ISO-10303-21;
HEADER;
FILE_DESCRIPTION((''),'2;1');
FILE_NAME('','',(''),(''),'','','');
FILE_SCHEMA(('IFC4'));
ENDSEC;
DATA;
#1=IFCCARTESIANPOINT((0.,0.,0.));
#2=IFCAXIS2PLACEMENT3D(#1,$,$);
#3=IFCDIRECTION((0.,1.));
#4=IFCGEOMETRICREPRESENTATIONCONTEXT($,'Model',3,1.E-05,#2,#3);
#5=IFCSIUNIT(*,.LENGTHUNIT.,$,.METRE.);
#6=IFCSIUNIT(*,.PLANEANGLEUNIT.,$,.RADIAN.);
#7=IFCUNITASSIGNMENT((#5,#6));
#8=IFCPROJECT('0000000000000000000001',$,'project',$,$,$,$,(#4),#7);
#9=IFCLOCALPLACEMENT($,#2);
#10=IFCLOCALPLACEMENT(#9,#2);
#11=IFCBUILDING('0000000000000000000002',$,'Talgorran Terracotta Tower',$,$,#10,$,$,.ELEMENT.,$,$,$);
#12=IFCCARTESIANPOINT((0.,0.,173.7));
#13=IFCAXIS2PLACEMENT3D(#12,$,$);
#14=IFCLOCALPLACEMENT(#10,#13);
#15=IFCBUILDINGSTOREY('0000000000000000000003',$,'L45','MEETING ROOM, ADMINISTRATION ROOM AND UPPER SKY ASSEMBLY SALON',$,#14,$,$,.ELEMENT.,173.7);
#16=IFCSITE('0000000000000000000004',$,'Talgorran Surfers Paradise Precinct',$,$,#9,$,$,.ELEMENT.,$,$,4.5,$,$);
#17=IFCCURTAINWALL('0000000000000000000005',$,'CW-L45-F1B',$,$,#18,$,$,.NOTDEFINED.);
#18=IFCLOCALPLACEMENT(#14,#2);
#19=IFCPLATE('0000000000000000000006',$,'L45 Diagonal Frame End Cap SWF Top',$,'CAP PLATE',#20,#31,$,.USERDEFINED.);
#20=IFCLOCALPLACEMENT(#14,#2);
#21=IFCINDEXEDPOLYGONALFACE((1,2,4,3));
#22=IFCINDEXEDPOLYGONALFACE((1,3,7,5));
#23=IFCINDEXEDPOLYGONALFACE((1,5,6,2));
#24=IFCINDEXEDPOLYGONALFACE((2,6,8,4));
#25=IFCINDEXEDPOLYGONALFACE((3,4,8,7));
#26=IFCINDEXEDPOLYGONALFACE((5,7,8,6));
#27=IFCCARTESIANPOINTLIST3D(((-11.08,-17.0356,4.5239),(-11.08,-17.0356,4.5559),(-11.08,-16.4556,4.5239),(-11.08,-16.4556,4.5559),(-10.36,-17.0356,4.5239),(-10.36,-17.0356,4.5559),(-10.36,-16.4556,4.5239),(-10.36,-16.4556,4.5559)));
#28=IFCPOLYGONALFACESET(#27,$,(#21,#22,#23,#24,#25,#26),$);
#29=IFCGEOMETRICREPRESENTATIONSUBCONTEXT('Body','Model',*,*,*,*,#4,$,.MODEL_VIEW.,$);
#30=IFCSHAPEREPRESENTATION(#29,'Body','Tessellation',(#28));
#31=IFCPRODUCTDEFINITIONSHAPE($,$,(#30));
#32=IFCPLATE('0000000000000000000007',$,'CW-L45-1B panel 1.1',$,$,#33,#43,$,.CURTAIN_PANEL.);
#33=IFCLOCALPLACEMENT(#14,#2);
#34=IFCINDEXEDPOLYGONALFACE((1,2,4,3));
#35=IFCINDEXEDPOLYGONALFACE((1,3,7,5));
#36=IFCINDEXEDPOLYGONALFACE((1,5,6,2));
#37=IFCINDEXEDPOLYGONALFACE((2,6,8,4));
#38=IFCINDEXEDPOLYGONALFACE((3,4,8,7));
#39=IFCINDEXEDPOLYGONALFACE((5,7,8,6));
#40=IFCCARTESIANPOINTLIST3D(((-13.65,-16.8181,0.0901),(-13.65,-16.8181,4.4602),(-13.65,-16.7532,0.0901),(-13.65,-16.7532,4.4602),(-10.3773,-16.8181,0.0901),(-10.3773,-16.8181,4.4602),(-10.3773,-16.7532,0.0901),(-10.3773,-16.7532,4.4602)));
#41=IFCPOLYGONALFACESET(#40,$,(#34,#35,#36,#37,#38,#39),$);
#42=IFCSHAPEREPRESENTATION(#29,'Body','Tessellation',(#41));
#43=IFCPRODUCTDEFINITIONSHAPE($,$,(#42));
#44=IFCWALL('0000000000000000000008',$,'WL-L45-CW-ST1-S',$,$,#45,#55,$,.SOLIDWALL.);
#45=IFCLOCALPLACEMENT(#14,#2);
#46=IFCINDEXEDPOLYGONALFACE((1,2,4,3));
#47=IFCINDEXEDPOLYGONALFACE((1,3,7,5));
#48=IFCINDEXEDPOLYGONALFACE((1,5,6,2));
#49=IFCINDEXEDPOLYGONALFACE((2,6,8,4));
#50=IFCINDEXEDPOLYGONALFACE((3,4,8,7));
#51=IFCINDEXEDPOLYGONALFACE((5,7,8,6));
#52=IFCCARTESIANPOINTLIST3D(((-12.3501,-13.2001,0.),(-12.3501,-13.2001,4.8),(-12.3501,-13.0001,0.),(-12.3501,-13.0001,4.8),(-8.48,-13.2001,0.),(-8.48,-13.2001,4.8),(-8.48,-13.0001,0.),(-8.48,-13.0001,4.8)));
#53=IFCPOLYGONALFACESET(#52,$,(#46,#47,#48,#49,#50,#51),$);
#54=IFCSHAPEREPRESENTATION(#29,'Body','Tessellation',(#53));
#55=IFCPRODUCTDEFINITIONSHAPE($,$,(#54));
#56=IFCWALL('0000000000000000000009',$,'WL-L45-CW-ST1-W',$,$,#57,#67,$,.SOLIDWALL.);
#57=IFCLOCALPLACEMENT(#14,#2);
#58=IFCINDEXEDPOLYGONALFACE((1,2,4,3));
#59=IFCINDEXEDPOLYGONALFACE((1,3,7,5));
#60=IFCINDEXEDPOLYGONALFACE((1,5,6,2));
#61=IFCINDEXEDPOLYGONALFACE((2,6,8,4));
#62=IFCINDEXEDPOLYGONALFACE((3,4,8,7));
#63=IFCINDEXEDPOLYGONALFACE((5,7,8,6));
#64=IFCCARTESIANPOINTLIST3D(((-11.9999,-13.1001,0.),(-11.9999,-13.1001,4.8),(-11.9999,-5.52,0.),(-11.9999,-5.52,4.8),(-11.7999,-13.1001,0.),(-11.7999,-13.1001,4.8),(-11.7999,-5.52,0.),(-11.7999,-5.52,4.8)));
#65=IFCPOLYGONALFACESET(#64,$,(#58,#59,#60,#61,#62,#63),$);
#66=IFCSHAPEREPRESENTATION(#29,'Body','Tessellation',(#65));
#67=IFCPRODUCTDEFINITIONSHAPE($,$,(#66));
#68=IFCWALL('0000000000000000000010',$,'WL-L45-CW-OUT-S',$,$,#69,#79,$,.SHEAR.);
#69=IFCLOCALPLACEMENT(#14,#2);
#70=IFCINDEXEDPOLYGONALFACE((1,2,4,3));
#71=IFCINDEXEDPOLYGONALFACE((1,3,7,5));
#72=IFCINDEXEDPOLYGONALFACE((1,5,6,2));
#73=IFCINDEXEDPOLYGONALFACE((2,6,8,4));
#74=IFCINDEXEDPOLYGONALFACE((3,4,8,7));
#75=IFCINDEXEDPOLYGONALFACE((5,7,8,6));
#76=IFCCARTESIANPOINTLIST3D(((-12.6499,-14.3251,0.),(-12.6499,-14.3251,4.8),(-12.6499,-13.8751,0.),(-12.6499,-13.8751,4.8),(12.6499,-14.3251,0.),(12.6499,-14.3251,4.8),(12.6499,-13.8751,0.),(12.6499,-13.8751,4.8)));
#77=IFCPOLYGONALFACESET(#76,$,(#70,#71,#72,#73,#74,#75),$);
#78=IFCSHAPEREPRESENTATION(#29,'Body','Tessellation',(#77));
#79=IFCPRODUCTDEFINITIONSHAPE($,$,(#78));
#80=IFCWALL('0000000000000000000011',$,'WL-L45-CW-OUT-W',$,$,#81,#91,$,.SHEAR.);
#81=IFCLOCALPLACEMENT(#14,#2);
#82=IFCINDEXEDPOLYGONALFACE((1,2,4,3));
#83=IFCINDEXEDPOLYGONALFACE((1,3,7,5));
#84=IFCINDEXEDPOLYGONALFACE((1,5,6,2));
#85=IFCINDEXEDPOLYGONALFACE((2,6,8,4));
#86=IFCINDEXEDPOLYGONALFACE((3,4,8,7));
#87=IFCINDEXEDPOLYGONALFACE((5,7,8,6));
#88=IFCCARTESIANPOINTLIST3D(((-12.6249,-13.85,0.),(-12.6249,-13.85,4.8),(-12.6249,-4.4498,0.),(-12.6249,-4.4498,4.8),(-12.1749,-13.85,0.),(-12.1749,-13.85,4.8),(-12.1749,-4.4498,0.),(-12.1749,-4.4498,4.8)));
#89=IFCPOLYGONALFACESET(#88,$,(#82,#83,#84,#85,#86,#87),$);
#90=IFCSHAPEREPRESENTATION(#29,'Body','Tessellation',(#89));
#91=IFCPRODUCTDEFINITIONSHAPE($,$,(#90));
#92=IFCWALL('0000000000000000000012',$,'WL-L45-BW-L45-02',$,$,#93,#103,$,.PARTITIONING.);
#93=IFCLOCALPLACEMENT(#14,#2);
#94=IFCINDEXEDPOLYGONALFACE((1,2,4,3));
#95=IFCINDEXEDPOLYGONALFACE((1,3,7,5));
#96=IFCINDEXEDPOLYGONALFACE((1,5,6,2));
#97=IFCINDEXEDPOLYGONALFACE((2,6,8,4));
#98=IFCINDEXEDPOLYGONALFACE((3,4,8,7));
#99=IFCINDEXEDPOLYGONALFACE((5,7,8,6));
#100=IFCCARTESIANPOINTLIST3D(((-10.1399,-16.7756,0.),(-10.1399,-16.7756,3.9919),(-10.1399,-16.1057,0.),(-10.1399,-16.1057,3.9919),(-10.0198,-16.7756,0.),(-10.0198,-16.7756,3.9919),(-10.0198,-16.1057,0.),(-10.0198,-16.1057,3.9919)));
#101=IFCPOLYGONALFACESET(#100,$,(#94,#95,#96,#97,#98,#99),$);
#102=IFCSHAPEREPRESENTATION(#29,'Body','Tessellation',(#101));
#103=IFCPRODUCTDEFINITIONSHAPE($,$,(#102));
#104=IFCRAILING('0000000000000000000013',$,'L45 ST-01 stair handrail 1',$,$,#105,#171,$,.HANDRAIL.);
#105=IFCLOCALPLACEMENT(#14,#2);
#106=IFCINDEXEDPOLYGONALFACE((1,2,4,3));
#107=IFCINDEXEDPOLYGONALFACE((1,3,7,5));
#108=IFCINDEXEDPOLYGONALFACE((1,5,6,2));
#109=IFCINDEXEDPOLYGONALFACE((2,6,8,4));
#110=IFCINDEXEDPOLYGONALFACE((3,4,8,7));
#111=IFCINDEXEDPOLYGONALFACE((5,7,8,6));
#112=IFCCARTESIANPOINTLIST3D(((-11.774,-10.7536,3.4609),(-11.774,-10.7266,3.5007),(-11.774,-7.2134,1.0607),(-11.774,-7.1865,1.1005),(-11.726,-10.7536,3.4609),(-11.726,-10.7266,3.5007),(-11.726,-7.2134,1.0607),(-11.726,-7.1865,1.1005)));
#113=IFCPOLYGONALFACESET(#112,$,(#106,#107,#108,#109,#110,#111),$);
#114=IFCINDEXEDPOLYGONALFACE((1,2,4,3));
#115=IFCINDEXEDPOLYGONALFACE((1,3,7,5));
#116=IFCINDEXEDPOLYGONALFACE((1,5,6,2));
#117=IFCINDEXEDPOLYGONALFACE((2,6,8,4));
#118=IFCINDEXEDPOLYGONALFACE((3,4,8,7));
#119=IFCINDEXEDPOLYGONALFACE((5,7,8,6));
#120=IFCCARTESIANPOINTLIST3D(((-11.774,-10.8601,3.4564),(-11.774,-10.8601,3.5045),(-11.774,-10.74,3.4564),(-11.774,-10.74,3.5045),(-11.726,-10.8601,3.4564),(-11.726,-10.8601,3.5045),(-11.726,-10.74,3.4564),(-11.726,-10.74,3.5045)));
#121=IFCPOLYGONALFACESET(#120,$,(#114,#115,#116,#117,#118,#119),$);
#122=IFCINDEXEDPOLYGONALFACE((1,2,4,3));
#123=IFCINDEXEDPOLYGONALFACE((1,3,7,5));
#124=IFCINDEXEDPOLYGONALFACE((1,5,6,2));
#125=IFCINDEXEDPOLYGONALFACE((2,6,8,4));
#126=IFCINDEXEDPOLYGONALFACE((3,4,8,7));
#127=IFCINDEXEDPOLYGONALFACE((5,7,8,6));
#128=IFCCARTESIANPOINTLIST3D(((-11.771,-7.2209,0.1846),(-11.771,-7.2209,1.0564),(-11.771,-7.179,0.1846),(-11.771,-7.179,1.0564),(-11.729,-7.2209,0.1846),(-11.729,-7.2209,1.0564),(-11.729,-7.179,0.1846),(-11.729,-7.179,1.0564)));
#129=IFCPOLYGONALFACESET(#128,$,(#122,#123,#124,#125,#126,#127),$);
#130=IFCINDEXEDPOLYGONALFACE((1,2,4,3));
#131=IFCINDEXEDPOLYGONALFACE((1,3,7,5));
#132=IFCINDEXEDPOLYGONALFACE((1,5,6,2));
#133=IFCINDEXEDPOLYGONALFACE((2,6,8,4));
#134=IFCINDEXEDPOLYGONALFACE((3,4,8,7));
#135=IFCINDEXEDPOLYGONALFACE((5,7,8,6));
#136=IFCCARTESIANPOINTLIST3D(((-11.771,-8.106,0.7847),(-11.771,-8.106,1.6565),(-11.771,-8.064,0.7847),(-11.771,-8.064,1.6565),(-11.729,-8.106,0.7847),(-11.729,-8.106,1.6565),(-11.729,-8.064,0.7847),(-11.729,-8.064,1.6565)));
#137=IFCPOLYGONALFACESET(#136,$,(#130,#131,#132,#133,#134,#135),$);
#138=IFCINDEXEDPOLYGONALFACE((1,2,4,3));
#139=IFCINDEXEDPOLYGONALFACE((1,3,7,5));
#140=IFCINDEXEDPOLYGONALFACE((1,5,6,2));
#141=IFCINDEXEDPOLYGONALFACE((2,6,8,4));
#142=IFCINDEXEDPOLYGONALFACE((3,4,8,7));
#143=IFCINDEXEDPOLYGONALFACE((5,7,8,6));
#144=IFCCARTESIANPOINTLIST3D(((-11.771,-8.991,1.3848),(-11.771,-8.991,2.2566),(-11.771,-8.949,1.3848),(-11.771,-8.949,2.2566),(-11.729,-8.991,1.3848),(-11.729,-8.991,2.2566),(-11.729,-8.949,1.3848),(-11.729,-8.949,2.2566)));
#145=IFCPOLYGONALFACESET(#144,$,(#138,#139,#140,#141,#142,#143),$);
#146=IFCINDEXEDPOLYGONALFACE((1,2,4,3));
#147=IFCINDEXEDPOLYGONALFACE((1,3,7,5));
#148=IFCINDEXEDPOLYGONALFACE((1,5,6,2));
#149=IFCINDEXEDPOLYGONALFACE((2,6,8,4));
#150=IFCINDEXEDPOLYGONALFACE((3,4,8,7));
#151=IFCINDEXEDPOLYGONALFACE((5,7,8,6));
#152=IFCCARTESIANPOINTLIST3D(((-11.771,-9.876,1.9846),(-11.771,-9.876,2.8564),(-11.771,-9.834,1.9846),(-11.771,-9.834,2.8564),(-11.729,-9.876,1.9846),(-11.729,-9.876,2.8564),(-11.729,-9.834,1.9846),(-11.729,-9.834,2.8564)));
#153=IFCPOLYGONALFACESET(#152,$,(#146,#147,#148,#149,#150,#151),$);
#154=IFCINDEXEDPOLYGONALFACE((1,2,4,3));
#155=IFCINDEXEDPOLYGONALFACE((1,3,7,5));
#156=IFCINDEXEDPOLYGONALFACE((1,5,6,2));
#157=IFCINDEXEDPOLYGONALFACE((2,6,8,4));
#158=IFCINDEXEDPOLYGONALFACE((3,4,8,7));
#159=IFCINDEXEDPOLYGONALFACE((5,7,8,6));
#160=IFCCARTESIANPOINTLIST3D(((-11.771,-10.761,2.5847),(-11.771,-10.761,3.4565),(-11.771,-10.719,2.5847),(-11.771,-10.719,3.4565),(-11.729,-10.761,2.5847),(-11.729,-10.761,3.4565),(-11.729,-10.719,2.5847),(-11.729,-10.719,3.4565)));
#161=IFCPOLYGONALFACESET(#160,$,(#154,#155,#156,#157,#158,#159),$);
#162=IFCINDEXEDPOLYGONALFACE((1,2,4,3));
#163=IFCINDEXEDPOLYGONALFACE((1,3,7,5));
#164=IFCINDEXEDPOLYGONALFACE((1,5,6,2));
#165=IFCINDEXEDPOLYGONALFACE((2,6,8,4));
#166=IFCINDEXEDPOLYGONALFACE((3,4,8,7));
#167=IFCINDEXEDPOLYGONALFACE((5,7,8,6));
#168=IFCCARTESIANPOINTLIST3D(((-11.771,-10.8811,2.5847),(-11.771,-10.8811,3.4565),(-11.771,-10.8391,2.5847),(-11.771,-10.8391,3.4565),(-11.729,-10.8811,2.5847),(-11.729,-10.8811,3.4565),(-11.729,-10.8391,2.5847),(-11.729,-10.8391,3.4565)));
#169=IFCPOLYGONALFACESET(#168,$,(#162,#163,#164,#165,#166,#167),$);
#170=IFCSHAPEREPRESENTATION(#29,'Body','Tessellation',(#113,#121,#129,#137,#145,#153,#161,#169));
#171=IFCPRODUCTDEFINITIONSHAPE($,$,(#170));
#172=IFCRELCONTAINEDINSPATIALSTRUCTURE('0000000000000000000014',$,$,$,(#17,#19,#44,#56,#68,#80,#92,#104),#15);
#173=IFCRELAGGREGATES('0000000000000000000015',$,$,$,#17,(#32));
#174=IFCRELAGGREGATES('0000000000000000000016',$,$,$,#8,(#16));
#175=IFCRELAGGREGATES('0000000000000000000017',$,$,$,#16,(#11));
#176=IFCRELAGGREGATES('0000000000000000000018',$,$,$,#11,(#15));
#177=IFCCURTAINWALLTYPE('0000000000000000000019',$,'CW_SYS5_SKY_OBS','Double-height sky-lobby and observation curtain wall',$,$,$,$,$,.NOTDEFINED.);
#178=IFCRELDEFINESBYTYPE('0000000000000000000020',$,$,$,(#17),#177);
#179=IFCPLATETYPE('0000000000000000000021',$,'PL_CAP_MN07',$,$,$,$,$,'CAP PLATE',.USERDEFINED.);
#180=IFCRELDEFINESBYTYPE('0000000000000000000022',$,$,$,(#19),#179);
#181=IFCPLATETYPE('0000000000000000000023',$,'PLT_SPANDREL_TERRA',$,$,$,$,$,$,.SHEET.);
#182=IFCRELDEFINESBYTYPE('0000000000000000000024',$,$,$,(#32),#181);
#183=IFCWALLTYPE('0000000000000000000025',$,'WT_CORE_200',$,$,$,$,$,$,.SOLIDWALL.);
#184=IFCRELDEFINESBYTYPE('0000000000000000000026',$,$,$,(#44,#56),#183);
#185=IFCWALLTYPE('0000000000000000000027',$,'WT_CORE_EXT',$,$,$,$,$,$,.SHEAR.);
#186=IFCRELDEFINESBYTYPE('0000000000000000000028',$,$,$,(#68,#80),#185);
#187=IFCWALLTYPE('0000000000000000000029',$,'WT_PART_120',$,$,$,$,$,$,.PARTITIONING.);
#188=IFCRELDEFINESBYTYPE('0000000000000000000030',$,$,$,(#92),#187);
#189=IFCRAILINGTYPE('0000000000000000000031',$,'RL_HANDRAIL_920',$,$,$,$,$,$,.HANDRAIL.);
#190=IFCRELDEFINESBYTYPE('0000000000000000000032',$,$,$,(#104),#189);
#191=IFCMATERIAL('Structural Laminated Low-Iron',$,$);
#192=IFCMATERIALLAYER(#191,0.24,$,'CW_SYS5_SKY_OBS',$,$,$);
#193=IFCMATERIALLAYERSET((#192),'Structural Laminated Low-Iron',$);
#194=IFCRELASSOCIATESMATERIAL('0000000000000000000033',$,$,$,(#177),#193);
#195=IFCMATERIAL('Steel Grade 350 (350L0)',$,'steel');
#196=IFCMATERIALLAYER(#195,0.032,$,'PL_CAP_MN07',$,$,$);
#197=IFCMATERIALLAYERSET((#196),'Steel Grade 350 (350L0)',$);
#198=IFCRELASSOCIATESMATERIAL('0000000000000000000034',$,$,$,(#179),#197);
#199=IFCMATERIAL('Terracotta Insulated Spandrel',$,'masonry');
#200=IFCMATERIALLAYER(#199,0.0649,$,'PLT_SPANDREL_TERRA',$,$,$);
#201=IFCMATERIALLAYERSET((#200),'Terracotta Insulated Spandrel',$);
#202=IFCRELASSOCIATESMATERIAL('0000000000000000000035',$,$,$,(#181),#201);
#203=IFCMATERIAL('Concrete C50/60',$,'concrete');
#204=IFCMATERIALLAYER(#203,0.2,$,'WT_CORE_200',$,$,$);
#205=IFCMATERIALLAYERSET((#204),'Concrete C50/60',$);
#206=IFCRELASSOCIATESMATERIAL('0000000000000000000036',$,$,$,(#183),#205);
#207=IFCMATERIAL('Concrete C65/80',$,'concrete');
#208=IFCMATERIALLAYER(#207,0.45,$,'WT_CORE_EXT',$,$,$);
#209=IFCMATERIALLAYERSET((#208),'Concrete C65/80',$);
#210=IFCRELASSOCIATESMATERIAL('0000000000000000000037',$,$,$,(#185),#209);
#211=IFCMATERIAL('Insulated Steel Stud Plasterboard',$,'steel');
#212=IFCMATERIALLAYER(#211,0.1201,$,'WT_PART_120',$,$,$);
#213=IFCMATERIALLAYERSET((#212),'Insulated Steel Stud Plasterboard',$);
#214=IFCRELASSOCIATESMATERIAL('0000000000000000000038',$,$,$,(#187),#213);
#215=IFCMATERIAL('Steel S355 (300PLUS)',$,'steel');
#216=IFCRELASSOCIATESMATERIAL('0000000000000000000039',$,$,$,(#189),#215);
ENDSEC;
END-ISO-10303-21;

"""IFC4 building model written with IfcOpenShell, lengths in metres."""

from ifc_helpers import new_model, si_unit, direction, frame, frame_2d, origin, origin_2d, place, context, subcontext, project, spatial, rectangle, extrude, source, transform, mapped, material, layer, layer_set, type_object, type_shapes, element, aggregate, save


model = new_model("IFC4")

# Units and contexts
model_context = context("Model", 3, precision=1e-05, world=origin(), true_north=direction((0.0, 1.0)))
body_context = subcontext(model_context, "Body", "Model", "MODEL_VIEW")
ifc_project = project(units=[si_unit("LENGTHUNIT", "METRE"), si_unit("PLANEANGLEUNIT", "RADIAN")], contexts=[model_context])

# Site, building, storey
site_placement = place(None, origin())
site = spatial("IfcSite", under=ifc_project, at=site_placement, Name="Talgorran Surfers Paradise Precinct", CompositionType="ELEMENT", RefElevation=4.5)
building_placement = place(site_placement, origin())
building = spatial("IfcBuilding", under=site, at=building_placement, Name="Talgorran Terracotta Tower", CompositionType="ELEMENT")
storey_placement = place(building_placement, frame((0.0, 0.0, 173.7)))
storey = spatial("IfcBuildingStorey", under=building, at=storey_placement, Name="L45", Description="MEETING ROOM, ADMINISTRATION ROOM AND UPPER SKY ASSEMBLY SALON", CompositionType="ELEMENT", Elevation=173.7)

# Shared definitions
ifc_material_1 = material(Name="Steel S355 (300PLUS)", Category="steel")

# Shared definitions
ifc_material_2 = material(Name="Steel Grade 350 (350L0)", Category="steel")

# Shared definitions
ifc_material_3 = material(Name="Structural Laminated Low-Iron")
ifc_layer_1 = layer(ifc_material_3, 0.24, Name="CW_SYS5_SKY_OBS")
ifc_layer_set_1 = layer_set([ifc_layer_1], Name="Structural Laminated Low-Iron")
curtain_wall_type = type_object("IfcCurtainWallType", Name="CW_SYS5_SKY_OBS", Description="Double-height sky-lobby and observation curtain wall", PredefinedType="NOTDEFINED", material=ifc_layer_set_1)

# Curtain wall
curtain_wall_1_placement = place(storey_placement, origin())
curtain_wall_1 = element("IfcCurtainWall", 1, at=curtain_wall_1_placement, inside=storey, type_object=curtain_wall_type, Name="CW-L45-F1B", PredefinedType="NOTDEFINED")

# Plate
ifc_layer_2 = layer(ifc_material_2, 0.032, Name="PL_CAP_MN07")
ifc_layer_set_2 = layer_set([ifc_layer_2], Name="Steel Grade 350 (350L0)")
plate_type_1 = type_object("IfcPlateType", Name="PL_CAP_MN07", ElementType="CAP PLATE", PredefinedType="USERDEFINED", material=ifc_layer_set_2)
for number, where, z_axis, x_axis, name in (
    (2, (-10.72, -16.7456, 4.5239), (0.0, 0.0, 1.0), (1.0, 0.0, 0.0), "L45 Diagonal Frame End Cap SWF Top"),
):
    element("IfcPlate", number, at=place(storey_placement, frame(where, z_axis=z_axis, x_axis=x_axis)), inside=storey, type_object=plate_type_1, Name=name, ObjectType="CAP PLATE", PredefinedType="USERDEFINED", context=body_context, shape_type="SweptSolid", body=[
        extrude(rectangle(XDim=0.72, YDim=0.5801, at=origin_2d()), origin(), (0.0, 0.0, 1.0), 0.032),
    ])

# Plate
ifc_material_4 = material(Name="Terracotta Insulated Spandrel", Category="masonry")
ifc_layer_3 = layer(ifc_material_4, 0.0649, Name="PLT_SPANDREL_TERRA")
ifc_layer_set_3 = layer_set([ifc_layer_3], Name="Terracotta Insulated Spandrel")
plate_type_2 = type_object("IfcPlateType", Name="PLT_SPANDREL_TERRA", PredefinedType="SHEET", material=ifc_layer_set_3)
shared_shape = source(origin(), body_context, "Body", "SweptSolid", [
    extrude(rectangle(XDim=3.2727, YDim=0.0649, at=origin_2d()), origin(), (0.0, 0.0, 1.0), 4.3701),
])
type_shapes(plate_type_2, [shared_shape])
plate_placement = place(storey_placement, frame((-12.0137, -16.7856, 0.0901), z_axis=(0.0, 0.0, 1.0), x_axis=(1.0, 0.0, 0.0)))
plate = element("IfcPlate", 3, at=plate_placement, type_object=plate_type_2, Name="CW-L45-1B panel 1.1", PredefinedType="CURTAIN_PANEL", context=body_context, shape_type="MappedRepresentation", body=[
    mapped(shared_shape, transform((0.0, 0.0, 0.0), scale=1.0)),
])
aggregate(curtain_wall_1, [plate])

# Walls
ifc_material_5 = material(Name="Concrete C50/60", Category="concrete")
ifc_layer_4 = layer(ifc_material_5, 0.2, Name="WT_CORE_200")
ifc_layer_set_4 = layer_set([ifc_layer_4], Name="Concrete C50/60")
wall_type_1 = type_object("IfcWallType", Name="WT_CORE_200", PredefinedType="SOLIDWALL", material=ifc_layer_set_4)
wall_1_placement = place(storey_placement, frame((-12.3501, -13.1001, 0.0), z_axis=(0.0, 0.0, 1.0), x_axis=(1.0, 0.0, 0.0)))
element("IfcWall", 4, at=wall_1_placement, inside=storey, type_object=wall_type_1, Name="WL-L45-CW-ST1-S", PredefinedType="SOLIDWALL", context=body_context, shape_type="SweptSolid", body=[
    extrude(rectangle(XDim=3.8701, YDim=0.2, at=frame_2d((1.9351, 0.0))), origin(), (0.0, 0.0, 1.0), 4.8),
])
wall_2_placement = place(storey_placement, frame((-11.8999, -13.1001, 0.0), z_axis=(0.0, 0.0, 1.0), x_axis=(0.0, 1.0, 0.0)))
element("IfcWall", 5, at=wall_2_placement, inside=storey, type_object=wall_type_1, Name="WL-L45-CW-ST1-W", PredefinedType="SOLIDWALL", context=body_context, shape_type="SweptSolid", body=[
    extrude(rectangle(XDim=7.5801, YDim=0.2, at=frame_2d((3.79, 0.0))), origin(), (0.0, 0.0, 1.0), 4.8),
])
ifc_material_6 = material(Name="Concrete C65/80", Category="concrete")
ifc_layer_5 = layer(ifc_material_6, 0.45, Name="WT_CORE_EXT")
ifc_layer_set_5 = layer_set([ifc_layer_5], Name="Concrete C65/80")
wall_type_2 = type_object("IfcWallType", Name="WT_CORE_EXT", PredefinedType="SHEAR", material=ifc_layer_set_5)
wall_3_placement = place(storey_placement, frame((-12.6499, -14.1001, 0.0), z_axis=(0.0, 0.0, 1.0), x_axis=(1.0, 0.0, 0.0)))
element("IfcWall", 6, at=wall_3_placement, inside=storey, type_object=wall_type_2, Name="WL-L45-CW-OUT-S", PredefinedType="SHEAR", context=body_context, shape_type="SweptSolid", body=[
    extrude(rectangle(XDim=25.2998, YDim=0.45, at=frame_2d((12.6499, 0.0))), origin(), (0.0, 0.0, 1.0), 4.8),
])
wall_4_placement = place(storey_placement, frame((-12.3999, -13.8501, 0.0), z_axis=(0.0, 0.0, 1.0), x_axis=(0.0, 1.0, 0.0)))
element("IfcWall", 7, at=wall_4_placement, inside=storey, type_object=wall_type_2, Name="WL-L45-CW-OUT-W", PredefinedType="SHEAR", context=body_context, shape_type="SweptSolid", body=[
    extrude(rectangle(XDim=9.4001, YDim=0.45, at=frame_2d((4.7002, 0.0))), origin(), (0.0, 0.0, 1.0), 4.8),
])
ifc_material_7 = material(Name="Insulated Steel Stud Plasterboard", Category="steel")
ifc_layer_6 = layer(ifc_material_7, 0.1201, Name="WT_PART_120")
ifc_layer_set_6 = layer_set([ifc_layer_6], Name="Insulated Steel Stud Plasterboard")
wall_type_3 = type_object("IfcWallType", Name="WT_PART_120", PredefinedType="PARTITIONING", material=ifc_layer_set_6)
wall_5_placement = place(storey_placement, frame((-10.0798, -16.1057, 0.0), z_axis=(0.0, 0.0, 1.0), x_axis=(0.0, -1.0, 0.0)))
element("IfcWall", 8, at=wall_5_placement, inside=storey, type_object=wall_type_3, Name="WL-L45-BW-L45-02", PredefinedType="PARTITIONING", context=body_context, shape_type="SweptSolid", body=[
    extrude(rectangle(XDim=0.6699, YDim=0.1201, at=frame_2d((0.335, 0.0))), origin(), (0.0, 0.0, 1.0), 3.9919),
])

# Railing
railing_type_1 = type_object("IfcRailingType", Name="RL_HANDRAIL_920", PredefinedType="HANDRAIL", material=ifc_material_1)
railing_1_placement = place(storey_placement, frame((-11.75, -7.2, 0.1846)))
element("IfcRailing", 9, at=railing_1_placement, inside=storey, type_object=railing_type_1, Name="L45 ST-01 stair handrail 1", PredefinedType="HANDRAIL", context=body_context, shape_type="SweptSolid", body=[
    extrude(rectangle(XDim=0.0481, YDim=0.0481, at=origin_2d()), frame((0.0, 0.0, 0.896), z_axis=(0.0, -0.827695, 0.561178), x_axis=(1.0, 0.0, 0.0)), (0.0, 0.0, 1.0), 4.2771),
    extrude(rectangle(XDim=0.0481, YDim=0.0481, at=origin_2d()), frame((0.0, -3.54, 3.2959), z_axis=(0.0, -1.0, 0.0), x_axis=(1.0, 0.0, 0.0)), (0.0, 0.0, 1.0), 0.1201),
    extrude(rectangle(XDim=0.042, YDim=0.042, at=origin_2d()), origin(), (0.0, 0.0, 1.0), 0.8718),
    extrude(rectangle(XDim=0.042, YDim=0.042, at=origin_2d()), frame((0.0, -0.885, 0.6001)), (0.0, 0.0, 1.0), 0.8718),
    extrude(rectangle(XDim=0.042, YDim=0.042, at=origin_2d()), frame((0.0, -1.77, 1.2002)), (0.0, 0.0, 1.0), 0.8718),
    extrude(rectangle(XDim=0.042, YDim=0.042, at=origin_2d()), frame((0.0, -2.655, 1.8)), (0.0, 0.0, 1.0), 0.8718),
    extrude(rectangle(XDim=0.042, YDim=0.042, at=origin_2d()), frame((0.0, -3.54, 2.4001)), (0.0, 0.0, 1.0), 0.8718),
    extrude(rectangle(XDim=0.042, YDim=0.042, at=origin_2d()), frame((0.0, -3.6602, 2.4001)), (0.0, 0.0, 1.0), 0.8718),
])

save(model, "model.ifc")
